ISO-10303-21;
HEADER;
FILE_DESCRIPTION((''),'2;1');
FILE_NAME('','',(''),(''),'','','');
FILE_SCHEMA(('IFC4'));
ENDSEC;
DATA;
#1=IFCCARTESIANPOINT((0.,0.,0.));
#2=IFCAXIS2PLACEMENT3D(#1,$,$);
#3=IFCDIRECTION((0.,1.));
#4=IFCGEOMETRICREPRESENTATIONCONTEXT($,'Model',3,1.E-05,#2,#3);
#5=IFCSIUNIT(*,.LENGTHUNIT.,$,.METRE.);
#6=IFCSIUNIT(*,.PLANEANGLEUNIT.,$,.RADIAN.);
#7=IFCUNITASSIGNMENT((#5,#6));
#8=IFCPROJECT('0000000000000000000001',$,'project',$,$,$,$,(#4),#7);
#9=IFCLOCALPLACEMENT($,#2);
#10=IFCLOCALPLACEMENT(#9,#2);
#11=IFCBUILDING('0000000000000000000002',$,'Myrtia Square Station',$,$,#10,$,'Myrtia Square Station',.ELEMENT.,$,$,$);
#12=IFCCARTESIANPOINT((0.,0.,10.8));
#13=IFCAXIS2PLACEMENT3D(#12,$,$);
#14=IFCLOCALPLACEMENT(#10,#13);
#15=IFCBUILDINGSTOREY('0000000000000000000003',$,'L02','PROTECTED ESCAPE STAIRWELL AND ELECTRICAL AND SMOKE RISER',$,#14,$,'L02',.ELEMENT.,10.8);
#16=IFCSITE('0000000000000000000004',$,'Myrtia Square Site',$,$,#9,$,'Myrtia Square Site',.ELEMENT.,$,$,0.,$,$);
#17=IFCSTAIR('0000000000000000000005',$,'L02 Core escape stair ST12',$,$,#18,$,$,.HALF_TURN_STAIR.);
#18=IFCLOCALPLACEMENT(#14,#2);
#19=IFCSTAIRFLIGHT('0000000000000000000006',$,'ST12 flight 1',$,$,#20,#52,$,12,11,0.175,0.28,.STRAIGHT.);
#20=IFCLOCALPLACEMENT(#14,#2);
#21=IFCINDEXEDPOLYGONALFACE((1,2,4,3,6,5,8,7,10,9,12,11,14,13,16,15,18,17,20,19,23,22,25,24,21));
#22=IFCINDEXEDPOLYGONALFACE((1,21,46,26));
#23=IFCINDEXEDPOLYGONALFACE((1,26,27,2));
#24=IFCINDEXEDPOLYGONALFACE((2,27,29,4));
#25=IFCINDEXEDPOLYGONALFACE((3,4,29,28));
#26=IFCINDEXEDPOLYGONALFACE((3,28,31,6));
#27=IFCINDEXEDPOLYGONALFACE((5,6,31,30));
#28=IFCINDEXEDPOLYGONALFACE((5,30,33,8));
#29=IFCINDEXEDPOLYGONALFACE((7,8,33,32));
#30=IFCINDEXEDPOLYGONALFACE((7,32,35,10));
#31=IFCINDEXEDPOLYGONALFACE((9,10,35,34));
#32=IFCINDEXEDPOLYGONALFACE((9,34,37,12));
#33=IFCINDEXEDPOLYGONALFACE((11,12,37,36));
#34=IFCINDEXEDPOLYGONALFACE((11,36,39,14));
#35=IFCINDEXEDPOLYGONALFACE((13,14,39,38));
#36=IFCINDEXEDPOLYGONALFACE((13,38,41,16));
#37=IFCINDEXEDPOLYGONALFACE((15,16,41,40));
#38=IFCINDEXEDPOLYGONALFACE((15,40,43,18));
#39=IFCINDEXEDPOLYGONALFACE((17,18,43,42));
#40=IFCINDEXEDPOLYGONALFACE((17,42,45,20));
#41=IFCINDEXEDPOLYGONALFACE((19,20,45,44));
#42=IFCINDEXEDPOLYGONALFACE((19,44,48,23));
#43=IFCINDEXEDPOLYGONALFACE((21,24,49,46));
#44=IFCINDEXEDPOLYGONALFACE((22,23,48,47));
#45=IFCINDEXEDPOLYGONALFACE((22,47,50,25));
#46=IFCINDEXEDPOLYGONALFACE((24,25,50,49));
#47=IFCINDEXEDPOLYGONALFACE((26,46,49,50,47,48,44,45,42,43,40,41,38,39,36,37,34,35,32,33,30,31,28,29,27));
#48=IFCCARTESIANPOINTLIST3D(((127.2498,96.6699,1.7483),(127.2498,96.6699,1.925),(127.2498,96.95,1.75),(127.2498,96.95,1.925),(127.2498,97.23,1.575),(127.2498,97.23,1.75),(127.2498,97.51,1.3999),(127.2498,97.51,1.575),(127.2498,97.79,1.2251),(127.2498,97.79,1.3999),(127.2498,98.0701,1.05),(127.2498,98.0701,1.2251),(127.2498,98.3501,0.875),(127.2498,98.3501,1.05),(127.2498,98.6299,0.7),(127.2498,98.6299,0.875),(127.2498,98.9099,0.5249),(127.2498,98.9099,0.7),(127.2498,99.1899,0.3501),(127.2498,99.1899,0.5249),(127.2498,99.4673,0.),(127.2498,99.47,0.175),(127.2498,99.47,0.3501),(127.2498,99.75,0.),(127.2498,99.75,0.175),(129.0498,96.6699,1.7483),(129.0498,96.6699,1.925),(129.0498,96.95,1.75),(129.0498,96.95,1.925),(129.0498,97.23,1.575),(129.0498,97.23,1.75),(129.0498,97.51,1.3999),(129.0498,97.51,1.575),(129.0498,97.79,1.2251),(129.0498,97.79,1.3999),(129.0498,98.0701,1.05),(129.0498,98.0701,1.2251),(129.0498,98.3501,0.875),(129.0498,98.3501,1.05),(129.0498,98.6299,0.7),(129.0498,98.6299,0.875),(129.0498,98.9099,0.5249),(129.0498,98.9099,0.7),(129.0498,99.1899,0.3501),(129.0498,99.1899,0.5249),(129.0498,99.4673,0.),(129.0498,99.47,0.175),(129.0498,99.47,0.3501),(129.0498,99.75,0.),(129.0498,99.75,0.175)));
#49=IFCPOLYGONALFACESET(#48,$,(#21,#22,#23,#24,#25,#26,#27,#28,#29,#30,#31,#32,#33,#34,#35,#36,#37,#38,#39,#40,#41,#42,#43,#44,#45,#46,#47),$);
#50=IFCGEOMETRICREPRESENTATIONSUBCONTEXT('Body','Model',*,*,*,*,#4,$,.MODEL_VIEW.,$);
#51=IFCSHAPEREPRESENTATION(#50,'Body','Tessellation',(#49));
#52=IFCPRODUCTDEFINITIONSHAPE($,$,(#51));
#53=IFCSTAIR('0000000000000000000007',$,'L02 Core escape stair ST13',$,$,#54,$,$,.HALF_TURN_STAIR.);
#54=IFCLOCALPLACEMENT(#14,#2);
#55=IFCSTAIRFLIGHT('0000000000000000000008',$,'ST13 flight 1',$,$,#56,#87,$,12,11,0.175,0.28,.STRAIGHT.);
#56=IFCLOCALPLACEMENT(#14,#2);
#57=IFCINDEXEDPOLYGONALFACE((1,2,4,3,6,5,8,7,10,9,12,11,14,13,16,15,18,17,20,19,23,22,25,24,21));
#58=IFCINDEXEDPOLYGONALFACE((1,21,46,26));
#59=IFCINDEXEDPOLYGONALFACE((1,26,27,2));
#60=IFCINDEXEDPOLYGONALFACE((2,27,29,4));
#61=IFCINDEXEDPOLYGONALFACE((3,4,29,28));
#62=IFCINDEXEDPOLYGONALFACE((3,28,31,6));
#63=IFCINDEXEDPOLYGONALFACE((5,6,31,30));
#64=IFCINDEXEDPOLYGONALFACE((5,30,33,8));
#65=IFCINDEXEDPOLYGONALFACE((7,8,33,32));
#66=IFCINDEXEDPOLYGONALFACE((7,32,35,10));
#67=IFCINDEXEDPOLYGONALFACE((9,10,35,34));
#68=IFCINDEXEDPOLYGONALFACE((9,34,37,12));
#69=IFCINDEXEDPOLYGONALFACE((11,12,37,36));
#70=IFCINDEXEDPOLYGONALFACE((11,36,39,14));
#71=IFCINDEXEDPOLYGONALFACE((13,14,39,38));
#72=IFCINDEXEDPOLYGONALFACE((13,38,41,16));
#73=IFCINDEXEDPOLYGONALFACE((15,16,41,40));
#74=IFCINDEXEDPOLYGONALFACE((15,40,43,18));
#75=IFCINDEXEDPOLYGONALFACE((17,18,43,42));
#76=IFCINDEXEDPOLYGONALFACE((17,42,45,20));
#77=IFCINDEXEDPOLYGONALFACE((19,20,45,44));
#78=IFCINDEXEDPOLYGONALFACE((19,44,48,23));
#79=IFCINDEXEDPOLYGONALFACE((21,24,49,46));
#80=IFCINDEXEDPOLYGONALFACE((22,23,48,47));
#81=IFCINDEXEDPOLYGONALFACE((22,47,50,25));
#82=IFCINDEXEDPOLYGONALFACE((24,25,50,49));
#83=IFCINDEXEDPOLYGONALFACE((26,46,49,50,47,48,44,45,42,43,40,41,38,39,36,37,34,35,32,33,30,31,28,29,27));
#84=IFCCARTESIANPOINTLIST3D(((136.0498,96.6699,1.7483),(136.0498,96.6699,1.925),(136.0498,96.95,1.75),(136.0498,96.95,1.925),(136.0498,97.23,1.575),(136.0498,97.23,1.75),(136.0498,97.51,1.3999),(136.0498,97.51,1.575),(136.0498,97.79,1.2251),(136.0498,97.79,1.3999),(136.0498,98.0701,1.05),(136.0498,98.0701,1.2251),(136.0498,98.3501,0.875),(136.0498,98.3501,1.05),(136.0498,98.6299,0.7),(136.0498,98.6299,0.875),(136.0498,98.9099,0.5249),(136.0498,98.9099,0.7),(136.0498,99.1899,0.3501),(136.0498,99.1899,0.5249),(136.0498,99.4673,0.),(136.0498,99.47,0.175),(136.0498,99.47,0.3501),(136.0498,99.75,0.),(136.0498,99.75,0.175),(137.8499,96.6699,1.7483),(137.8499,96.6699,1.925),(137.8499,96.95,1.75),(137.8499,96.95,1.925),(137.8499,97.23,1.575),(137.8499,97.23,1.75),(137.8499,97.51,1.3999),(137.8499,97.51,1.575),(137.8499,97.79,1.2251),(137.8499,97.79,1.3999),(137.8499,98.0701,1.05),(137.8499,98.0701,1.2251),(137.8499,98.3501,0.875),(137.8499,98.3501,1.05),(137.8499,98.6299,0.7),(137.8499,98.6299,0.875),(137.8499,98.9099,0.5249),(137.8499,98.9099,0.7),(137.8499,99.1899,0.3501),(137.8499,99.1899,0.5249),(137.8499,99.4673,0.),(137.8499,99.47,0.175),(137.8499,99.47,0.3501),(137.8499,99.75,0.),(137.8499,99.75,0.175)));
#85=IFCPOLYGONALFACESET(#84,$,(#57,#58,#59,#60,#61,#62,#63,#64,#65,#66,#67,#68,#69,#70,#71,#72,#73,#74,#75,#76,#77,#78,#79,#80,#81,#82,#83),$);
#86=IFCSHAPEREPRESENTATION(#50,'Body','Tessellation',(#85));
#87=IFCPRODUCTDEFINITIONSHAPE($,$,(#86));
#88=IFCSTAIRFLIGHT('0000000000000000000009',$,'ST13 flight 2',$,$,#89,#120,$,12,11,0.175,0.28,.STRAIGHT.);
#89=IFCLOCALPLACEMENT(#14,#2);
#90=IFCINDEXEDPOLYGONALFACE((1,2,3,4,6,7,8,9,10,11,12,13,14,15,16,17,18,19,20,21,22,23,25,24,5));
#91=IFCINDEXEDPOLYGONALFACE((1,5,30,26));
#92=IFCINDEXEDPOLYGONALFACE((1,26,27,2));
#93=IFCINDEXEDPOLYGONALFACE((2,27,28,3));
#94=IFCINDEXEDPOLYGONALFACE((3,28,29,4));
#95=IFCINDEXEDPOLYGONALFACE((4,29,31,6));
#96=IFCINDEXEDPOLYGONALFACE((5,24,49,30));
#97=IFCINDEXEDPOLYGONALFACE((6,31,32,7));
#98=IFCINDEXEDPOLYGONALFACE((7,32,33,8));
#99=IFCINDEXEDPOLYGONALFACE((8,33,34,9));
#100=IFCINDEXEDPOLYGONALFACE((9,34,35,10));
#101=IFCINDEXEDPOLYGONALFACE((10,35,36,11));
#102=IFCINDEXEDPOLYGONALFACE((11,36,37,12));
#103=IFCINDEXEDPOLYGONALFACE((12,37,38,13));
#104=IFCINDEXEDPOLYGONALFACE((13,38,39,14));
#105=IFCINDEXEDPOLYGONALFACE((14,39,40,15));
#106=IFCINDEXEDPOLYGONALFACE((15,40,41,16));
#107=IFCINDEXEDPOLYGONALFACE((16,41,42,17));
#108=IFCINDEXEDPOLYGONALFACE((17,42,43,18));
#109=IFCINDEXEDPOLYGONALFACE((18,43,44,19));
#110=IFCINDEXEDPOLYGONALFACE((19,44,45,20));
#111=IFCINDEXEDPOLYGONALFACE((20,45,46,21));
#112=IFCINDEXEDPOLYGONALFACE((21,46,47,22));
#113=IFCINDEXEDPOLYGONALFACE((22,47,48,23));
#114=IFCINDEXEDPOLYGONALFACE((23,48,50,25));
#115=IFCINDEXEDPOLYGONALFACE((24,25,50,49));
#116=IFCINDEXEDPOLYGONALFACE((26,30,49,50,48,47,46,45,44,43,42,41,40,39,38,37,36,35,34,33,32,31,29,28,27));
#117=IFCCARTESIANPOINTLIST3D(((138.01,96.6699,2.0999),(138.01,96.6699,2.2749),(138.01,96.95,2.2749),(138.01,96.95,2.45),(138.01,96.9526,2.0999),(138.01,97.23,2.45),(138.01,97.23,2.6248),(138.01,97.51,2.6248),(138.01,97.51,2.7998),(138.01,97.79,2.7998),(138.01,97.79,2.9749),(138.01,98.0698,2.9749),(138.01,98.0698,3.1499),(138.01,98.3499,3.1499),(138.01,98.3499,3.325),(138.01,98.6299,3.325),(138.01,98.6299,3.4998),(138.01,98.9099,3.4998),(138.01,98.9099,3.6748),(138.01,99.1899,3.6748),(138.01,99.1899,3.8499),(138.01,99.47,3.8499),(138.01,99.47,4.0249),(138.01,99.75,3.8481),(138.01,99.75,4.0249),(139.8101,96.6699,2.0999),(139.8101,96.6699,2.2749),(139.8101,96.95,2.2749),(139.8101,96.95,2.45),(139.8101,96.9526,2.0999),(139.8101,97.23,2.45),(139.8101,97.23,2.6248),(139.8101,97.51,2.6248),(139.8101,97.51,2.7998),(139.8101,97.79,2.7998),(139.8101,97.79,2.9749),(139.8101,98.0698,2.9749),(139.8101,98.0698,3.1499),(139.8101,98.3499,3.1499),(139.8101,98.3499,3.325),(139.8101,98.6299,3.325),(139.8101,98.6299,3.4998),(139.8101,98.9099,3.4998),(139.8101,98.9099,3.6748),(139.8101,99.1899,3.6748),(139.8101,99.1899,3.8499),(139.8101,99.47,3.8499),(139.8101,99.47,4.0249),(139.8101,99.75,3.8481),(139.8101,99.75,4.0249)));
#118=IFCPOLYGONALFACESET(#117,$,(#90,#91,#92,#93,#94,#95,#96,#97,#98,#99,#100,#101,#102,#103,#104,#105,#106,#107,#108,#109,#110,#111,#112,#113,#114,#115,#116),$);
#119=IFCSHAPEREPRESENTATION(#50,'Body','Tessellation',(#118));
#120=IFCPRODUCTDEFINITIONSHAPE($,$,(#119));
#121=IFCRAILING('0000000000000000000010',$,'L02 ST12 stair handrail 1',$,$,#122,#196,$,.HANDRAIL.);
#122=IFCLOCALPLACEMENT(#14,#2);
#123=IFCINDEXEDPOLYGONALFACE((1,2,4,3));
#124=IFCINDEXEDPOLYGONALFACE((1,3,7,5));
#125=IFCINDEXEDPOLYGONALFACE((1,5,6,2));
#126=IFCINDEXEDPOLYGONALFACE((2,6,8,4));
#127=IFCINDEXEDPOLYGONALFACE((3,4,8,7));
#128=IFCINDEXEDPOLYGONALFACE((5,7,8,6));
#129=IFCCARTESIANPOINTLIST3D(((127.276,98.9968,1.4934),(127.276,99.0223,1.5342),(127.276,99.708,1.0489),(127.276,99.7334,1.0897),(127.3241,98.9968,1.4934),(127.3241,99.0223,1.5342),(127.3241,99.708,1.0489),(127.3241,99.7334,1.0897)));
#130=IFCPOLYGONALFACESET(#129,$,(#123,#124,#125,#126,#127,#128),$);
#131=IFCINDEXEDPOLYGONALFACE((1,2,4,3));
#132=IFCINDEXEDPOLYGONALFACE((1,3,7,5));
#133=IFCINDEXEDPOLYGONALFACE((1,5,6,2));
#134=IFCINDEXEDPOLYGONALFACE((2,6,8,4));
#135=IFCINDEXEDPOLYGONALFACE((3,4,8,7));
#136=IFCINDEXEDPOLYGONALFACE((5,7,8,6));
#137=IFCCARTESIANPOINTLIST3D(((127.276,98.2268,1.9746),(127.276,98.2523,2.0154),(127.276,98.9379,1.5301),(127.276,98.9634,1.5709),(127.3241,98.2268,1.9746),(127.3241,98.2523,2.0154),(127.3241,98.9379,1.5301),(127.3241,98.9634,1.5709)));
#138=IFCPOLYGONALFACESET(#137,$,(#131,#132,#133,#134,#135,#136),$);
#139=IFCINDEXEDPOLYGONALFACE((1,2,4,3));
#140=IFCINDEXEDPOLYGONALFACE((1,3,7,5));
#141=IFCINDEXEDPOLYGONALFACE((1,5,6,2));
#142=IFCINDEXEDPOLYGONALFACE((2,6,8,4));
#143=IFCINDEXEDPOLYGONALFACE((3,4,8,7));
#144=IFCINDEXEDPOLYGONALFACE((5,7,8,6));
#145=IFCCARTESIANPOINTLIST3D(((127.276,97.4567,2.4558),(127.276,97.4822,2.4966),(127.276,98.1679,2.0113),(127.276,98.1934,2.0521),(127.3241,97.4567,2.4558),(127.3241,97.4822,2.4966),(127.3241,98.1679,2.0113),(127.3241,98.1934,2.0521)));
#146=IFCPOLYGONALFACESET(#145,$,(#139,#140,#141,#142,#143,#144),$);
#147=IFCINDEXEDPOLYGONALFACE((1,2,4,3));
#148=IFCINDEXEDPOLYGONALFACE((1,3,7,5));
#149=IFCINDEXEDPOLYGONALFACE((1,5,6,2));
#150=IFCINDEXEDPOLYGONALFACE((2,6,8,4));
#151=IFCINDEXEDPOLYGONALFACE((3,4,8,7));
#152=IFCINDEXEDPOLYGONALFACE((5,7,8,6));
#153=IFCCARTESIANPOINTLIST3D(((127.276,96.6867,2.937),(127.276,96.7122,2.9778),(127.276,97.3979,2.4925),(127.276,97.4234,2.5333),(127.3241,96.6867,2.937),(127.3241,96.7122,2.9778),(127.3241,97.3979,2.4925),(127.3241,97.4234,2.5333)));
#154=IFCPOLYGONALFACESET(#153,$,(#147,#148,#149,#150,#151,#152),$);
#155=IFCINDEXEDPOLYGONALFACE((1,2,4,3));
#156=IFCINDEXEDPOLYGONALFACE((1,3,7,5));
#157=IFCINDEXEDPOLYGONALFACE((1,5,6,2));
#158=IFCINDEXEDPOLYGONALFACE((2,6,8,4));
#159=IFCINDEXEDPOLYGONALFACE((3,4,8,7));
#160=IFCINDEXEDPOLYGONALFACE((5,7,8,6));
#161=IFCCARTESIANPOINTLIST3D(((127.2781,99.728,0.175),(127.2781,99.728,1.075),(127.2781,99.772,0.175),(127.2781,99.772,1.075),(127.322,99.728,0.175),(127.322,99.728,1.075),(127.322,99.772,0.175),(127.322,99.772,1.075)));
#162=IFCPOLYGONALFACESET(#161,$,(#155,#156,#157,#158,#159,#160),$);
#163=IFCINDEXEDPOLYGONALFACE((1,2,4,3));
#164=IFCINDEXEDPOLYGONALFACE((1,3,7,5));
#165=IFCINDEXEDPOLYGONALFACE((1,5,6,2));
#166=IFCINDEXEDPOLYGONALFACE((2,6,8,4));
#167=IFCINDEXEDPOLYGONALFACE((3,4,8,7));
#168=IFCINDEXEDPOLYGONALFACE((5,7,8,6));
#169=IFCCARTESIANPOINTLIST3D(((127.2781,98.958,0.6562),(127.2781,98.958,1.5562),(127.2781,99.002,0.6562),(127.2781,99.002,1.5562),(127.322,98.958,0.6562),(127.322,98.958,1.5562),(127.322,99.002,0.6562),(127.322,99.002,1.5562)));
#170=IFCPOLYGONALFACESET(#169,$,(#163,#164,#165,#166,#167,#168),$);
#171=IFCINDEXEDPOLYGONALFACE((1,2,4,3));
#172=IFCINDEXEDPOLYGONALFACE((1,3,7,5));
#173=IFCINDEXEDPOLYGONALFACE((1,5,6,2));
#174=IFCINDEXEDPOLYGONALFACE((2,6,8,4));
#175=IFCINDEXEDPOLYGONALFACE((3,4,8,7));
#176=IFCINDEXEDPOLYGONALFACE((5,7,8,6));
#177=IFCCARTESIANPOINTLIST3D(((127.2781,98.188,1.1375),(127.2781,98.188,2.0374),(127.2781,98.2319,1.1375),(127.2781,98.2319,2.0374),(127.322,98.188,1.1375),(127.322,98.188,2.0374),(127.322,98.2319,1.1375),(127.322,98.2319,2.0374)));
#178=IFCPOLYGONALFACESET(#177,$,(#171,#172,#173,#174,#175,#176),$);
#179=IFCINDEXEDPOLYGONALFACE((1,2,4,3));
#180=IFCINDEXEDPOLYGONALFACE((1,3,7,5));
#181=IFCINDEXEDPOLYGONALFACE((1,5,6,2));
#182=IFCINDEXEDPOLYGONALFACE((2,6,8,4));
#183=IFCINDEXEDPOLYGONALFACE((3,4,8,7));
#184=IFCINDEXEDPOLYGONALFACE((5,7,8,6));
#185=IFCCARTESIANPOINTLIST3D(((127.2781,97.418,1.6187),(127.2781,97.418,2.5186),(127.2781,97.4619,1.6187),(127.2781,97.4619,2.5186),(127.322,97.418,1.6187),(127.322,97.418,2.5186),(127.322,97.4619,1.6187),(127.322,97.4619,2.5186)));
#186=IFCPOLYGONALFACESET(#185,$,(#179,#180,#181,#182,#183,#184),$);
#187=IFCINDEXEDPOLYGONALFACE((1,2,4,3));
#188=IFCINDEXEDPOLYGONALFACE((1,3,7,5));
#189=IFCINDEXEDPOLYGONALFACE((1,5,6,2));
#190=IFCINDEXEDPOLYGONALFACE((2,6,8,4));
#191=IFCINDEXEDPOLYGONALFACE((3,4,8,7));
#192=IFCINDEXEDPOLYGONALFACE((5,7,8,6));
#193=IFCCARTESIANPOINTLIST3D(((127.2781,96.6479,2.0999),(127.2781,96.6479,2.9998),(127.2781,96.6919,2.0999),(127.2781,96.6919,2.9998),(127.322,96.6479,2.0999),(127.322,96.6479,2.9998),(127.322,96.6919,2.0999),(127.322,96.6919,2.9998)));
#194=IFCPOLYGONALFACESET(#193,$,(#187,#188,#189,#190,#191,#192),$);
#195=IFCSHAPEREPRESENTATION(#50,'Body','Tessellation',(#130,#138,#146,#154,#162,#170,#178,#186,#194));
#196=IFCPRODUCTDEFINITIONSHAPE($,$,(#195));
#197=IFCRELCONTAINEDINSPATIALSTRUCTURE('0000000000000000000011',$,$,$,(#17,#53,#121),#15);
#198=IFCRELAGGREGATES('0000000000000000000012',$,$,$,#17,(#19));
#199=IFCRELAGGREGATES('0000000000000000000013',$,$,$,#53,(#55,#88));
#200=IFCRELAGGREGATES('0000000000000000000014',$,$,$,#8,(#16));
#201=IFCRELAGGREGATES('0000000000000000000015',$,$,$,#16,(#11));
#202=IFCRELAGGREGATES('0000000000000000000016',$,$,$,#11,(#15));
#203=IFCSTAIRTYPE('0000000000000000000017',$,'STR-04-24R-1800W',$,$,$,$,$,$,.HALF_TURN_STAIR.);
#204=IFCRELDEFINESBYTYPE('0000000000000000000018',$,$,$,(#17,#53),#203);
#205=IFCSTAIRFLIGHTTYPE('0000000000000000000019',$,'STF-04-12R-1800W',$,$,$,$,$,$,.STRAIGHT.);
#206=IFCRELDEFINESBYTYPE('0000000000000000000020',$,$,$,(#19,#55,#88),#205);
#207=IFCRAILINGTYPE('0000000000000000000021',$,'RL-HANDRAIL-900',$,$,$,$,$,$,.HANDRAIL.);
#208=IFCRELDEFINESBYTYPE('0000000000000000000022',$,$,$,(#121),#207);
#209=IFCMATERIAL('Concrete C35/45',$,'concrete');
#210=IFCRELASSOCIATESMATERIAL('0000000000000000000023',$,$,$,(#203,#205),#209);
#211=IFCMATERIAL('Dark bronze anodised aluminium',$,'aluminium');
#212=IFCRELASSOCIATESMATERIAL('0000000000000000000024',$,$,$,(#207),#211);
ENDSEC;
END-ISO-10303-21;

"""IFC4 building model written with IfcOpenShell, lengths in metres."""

from ifc_helpers import new_model, si_unit, direction, frame, origin, origin_2d, place, context, subcontext, project, spatial, polyline, rectangle, outline, extrude, material, type_object, element, aggregate, save


model = new_model("IFC4")

# Units and contexts
model_context = context("Model", 3, precision=1e-05, world=origin(), true_north=direction((0.0, 1.0)))
body_context = subcontext(model_context, "Body", "Model", "MODEL_VIEW")
ifc_project = project(units=[si_unit("LENGTHUNIT", "METRE"), si_unit("PLANEANGLEUNIT", "RADIAN")], contexts=[model_context])

# Site, building, storey
site_placement = place(None, origin())
site = spatial("IfcSite", under=ifc_project, at=site_placement, Name="Myrtia Square Site", LongName="Myrtia Square Site", CompositionType="ELEMENT", RefElevation=0.0)
building_placement = place(site_placement, origin())
building = spatial("IfcBuilding", under=site, at=building_placement, Name="Myrtia Square Station", LongName="Myrtia Square Station", CompositionType="ELEMENT")
storey_placement = place(building_placement, frame((0.0, 0.0, 10.8)))
storey = spatial("IfcBuildingStorey", under=building, at=storey_placement, Name="L02", Description="PROTECTED ESCAPE STAIRWELL AND ELECTRICAL AND SMOKE RISER", LongName="L02", CompositionType="ELEMENT", Elevation=10.8)

# Shared definitions
ifc_material_1 = material(Name="Concrete C35/45", Category="concrete")
ifc_material_2 = material(Name="Dark bronze anodised aluminium", Category="aluminium")

# Stair, stair flight
stair_type = type_object("IfcStairType", Name="STR-04-24R-1800W", PredefinedType="HALF_TURN_STAIR", material=ifc_material_1)
stair_1_placement = place(storey_placement, origin())
stair_1 = element("IfcStair", 1, at=stair_1_placement, inside=storey, type_object=stair_type, Name="L02 Core escape stair ST12", PredefinedType="HALF_TURN_STAIR")
stair_flight_type = type_object("IfcStairFlightType", Name="STF-04-12R-1800W", PredefinedType="STRAIGHT", material=ifc_material_1)
stair_flight_1_placement = place(storey_placement, frame((128.1499, 99.75, 0.0), z_axis=(0.0, 0.0, 1.0), x_axis=(0.0, -1.0, 0.0)))
stair_flight_1 = element("IfcStairFlight", 2, at=stair_flight_1_placement, type_object=stair_flight_type, Name="ST12 flight 1", NumberOfRisers=12, NumberOfTreads=11, PredefinedType="STRAIGHT", RiserHeight=0.175, TreadLength=0.28, context=body_context, shape_type="SweptSolid", body=[
    extrude(outline(polyline([(0.0, 0.0), (0.0, 0.175), (0.28, 0.175), (0.28, 0.3501), (0.5601, 0.3501), (0.5601, 0.5249), (0.8401, 0.5249), (0.8401, 0.7), (1.1201, 0.7), (1.1201, 0.875), (1.3999, 0.875), (1.3999, 1.05), (1.6799, 1.05), (1.6799, 1.2251), (1.96, 1.2251), (1.96, 1.3999), (2.24, 1.3999), (2.24, 1.575), (2.52, 1.575), (2.52, 1.75), (2.8, 1.75), (2.8, 1.925), (3.0801, 1.925), (3.0801, 2.1001), (3.0801, 1.7483), (0.2827, 0.0), (0.0, 0.0)])), frame((0.0, 0.8999, 0.0), z_axis=(0.0, -1.0, 0.0), x_axis=(1.0, 0.0, 0.0)), (0.0, 0.0, 1.0), 1.8),
])
aggregate(stair_1, [stair_flight_1])

# Stair, stair flights
stair_2_placement = place(storey_placement, origin())
stair_2 = element("IfcStair", 3, at=stair_2_placement, inside=storey, type_object=stair_type, Name="L02 Core escape stair ST13", PredefinedType="HALF_TURN_STAIR")
stair_flight_2_placement = place(storey_placement, frame((136.95, 99.75, 0.0), z_axis=(0.0, 0.0, 1.0), x_axis=(0.0, -1.0, 0.0)))
stair_flight_2 = element("IfcStairFlight", 4, at=stair_flight_2_placement, type_object=stair_flight_type, Name="ST13 flight 1", NumberOfRisers=12, NumberOfTreads=11, PredefinedType="STRAIGHT", RiserHeight=0.175, TreadLength=0.28, context=body_context, shape_type="SweptSolid", body=[
    extrude(outline(polyline([(0.0, 0.0), (0.0, 0.175), (0.28, 0.175), (0.28, 0.3501), (0.5601, 0.3501), (0.5601, 0.5249), (0.8401, 0.5249), (0.8401, 0.7), (1.1201, 0.7), (1.1201, 0.875), (1.3999, 0.875), (1.3999, 1.05), (1.6799, 1.05), (1.6799, 1.2251), (1.96, 1.2251), (1.96, 1.3999), (2.24, 1.3999), (2.24, 1.575), (2.52, 1.575), (2.52, 1.75), (2.8, 1.75), (2.8, 1.925), (3.0801, 1.925), (3.0801, 2.1001), (3.0801, 1.7483), (0.2827, 0.0), (0.0, 0.0)])), frame((0.0, 0.8999, 0.0), z_axis=(0.0, -1.0, 0.0), x_axis=(1.0, 0.0, 0.0)), (0.0, 0.0, 1.0), 1.8),
])
stair_flight_3_placement = place(storey_placement, frame((138.9099, 96.6699, 2.0999), z_axis=(0.0, 0.0, 1.0), x_axis=(0.0, 1.0, 0.0)))
stair_flight_3 = element("IfcStairFlight", 5, at=stair_flight_3_placement, type_object=stair_flight_type, Name="ST13 flight 2", NumberOfRisers=12, NumberOfTreads=11, PredefinedType="STRAIGHT", RiserHeight=0.175, TreadLength=0.28, context=body_context, shape_type="SweptSolid", body=[
    extrude(outline(polyline([(0.0, 0.0), (0.0, 0.175), (0.28, 0.175), (0.28, 0.3501), (0.5601, 0.3501), (0.5601, 0.5249), (0.8401, 0.5249), (0.8401, 0.7), (1.1201, 0.7), (1.1201, 0.875), (1.3999, 0.875), (1.3999, 1.05), (1.6799, 1.05), (1.6799, 1.2251), (1.96, 1.2251), (1.96, 1.3999), (2.24, 1.3999), (2.24, 1.575), (2.52, 1.575), (2.52, 1.75), (2.8, 1.75), (2.8, 1.925), (3.0801, 1.925), (3.0801, 2.1001), (3.0801, 1.7483), (0.2827, 0.0), (0.0, 0.0)])), frame((0.0, 0.8999, 0.0), z_axis=(0.0, -1.0, 0.0), x_axis=(1.0, 0.0, 0.0)), (0.0, 0.0, 1.0), 1.8),
])
aggregate(stair_2, [stair_flight_2, stair_flight_3])

# Railing
railing_type_1 = type_object("IfcRailingType", Name="RL-HANDRAIL-900", PredefinedType="HANDRAIL", material=ifc_material_2)
for number, where, name in (
    (6, (127.3, 99.75, 0.175), "L02 ST12 stair handrail 1"),
):
    element("IfcRailing", number, at=place(storey_placement, frame(where)), inside=storey, type_object=railing_type_1, Name=name, PredefinedType="HANDRAIL", context=body_context, shape_type="SweptSolid", body=[
        extrude(rectangle(XDim=0.0481, YDim=0.0481, at=origin_2d()), frame((0.0, -0.0293, 0.8943), z_axis=(0.0, -0.848029, 0.529951), x_axis=(1.0, 0.0, 0.0)), (0.0, 0.0, 1.0), 0.8386),
        extrude(rectangle(XDim=0.0481, YDim=0.0481, at=origin_2d()), frame((0.0, -0.7993, 1.3755), z_axis=(0.0, -0.848029, 0.529951), x_axis=(1.0, 0.0, 0.0)), (0.0, 0.0, 1.0), 0.8386),
        extrude(rectangle(XDim=0.0481, YDim=0.0481, at=origin_2d()), frame((0.0, -1.5693, 1.8567), z_axis=(0.0, -0.848029, 0.529951), x_axis=(1.0, 0.0, 0.0)), (0.0, 0.0, 1.0), 0.8386),
        extrude(rectangle(XDim=0.0481, YDim=0.0481, at=origin_2d()), frame((0.0, -2.3394, 2.3379), z_axis=(0.0, -0.848029, 0.529951), x_axis=(1.0, 0.0, 0.0)), (0.0, 0.0, 1.0), 0.8386),
        extrude(rectangle(XDim=0.0439, YDim=0.0439, at=origin_2d()), origin(), (0.0, 0.0, 1.0), 0.8999),
        extrude(rectangle(XDim=0.0439, YDim=0.0439, at=origin_2d()), frame((0.0, -0.77, 0.4812)), (0.0, 0.0, 1.0), 0.8999),
        extrude(rectangle(XDim=0.0439, YDim=0.0439, at=origin_2d()), frame((0.0, -1.54, 0.9624)), (0.0, 0.0, 1.0), 0.8999),
        extrude(rectangle(XDim=0.0439, YDim=0.0439, at=origin_2d()), frame((0.0, -2.3101, 1.4436)), (0.0, 0.0, 1.0), 0.8999),
        extrude(rectangle(XDim=0.0439, YDim=0.0439, at=origin_2d()), frame((0.0, -3.0801, 1.9248)), (0.0, 0.0, 1.0), 0.8999),
    ])

save(model, "model.ifc")
